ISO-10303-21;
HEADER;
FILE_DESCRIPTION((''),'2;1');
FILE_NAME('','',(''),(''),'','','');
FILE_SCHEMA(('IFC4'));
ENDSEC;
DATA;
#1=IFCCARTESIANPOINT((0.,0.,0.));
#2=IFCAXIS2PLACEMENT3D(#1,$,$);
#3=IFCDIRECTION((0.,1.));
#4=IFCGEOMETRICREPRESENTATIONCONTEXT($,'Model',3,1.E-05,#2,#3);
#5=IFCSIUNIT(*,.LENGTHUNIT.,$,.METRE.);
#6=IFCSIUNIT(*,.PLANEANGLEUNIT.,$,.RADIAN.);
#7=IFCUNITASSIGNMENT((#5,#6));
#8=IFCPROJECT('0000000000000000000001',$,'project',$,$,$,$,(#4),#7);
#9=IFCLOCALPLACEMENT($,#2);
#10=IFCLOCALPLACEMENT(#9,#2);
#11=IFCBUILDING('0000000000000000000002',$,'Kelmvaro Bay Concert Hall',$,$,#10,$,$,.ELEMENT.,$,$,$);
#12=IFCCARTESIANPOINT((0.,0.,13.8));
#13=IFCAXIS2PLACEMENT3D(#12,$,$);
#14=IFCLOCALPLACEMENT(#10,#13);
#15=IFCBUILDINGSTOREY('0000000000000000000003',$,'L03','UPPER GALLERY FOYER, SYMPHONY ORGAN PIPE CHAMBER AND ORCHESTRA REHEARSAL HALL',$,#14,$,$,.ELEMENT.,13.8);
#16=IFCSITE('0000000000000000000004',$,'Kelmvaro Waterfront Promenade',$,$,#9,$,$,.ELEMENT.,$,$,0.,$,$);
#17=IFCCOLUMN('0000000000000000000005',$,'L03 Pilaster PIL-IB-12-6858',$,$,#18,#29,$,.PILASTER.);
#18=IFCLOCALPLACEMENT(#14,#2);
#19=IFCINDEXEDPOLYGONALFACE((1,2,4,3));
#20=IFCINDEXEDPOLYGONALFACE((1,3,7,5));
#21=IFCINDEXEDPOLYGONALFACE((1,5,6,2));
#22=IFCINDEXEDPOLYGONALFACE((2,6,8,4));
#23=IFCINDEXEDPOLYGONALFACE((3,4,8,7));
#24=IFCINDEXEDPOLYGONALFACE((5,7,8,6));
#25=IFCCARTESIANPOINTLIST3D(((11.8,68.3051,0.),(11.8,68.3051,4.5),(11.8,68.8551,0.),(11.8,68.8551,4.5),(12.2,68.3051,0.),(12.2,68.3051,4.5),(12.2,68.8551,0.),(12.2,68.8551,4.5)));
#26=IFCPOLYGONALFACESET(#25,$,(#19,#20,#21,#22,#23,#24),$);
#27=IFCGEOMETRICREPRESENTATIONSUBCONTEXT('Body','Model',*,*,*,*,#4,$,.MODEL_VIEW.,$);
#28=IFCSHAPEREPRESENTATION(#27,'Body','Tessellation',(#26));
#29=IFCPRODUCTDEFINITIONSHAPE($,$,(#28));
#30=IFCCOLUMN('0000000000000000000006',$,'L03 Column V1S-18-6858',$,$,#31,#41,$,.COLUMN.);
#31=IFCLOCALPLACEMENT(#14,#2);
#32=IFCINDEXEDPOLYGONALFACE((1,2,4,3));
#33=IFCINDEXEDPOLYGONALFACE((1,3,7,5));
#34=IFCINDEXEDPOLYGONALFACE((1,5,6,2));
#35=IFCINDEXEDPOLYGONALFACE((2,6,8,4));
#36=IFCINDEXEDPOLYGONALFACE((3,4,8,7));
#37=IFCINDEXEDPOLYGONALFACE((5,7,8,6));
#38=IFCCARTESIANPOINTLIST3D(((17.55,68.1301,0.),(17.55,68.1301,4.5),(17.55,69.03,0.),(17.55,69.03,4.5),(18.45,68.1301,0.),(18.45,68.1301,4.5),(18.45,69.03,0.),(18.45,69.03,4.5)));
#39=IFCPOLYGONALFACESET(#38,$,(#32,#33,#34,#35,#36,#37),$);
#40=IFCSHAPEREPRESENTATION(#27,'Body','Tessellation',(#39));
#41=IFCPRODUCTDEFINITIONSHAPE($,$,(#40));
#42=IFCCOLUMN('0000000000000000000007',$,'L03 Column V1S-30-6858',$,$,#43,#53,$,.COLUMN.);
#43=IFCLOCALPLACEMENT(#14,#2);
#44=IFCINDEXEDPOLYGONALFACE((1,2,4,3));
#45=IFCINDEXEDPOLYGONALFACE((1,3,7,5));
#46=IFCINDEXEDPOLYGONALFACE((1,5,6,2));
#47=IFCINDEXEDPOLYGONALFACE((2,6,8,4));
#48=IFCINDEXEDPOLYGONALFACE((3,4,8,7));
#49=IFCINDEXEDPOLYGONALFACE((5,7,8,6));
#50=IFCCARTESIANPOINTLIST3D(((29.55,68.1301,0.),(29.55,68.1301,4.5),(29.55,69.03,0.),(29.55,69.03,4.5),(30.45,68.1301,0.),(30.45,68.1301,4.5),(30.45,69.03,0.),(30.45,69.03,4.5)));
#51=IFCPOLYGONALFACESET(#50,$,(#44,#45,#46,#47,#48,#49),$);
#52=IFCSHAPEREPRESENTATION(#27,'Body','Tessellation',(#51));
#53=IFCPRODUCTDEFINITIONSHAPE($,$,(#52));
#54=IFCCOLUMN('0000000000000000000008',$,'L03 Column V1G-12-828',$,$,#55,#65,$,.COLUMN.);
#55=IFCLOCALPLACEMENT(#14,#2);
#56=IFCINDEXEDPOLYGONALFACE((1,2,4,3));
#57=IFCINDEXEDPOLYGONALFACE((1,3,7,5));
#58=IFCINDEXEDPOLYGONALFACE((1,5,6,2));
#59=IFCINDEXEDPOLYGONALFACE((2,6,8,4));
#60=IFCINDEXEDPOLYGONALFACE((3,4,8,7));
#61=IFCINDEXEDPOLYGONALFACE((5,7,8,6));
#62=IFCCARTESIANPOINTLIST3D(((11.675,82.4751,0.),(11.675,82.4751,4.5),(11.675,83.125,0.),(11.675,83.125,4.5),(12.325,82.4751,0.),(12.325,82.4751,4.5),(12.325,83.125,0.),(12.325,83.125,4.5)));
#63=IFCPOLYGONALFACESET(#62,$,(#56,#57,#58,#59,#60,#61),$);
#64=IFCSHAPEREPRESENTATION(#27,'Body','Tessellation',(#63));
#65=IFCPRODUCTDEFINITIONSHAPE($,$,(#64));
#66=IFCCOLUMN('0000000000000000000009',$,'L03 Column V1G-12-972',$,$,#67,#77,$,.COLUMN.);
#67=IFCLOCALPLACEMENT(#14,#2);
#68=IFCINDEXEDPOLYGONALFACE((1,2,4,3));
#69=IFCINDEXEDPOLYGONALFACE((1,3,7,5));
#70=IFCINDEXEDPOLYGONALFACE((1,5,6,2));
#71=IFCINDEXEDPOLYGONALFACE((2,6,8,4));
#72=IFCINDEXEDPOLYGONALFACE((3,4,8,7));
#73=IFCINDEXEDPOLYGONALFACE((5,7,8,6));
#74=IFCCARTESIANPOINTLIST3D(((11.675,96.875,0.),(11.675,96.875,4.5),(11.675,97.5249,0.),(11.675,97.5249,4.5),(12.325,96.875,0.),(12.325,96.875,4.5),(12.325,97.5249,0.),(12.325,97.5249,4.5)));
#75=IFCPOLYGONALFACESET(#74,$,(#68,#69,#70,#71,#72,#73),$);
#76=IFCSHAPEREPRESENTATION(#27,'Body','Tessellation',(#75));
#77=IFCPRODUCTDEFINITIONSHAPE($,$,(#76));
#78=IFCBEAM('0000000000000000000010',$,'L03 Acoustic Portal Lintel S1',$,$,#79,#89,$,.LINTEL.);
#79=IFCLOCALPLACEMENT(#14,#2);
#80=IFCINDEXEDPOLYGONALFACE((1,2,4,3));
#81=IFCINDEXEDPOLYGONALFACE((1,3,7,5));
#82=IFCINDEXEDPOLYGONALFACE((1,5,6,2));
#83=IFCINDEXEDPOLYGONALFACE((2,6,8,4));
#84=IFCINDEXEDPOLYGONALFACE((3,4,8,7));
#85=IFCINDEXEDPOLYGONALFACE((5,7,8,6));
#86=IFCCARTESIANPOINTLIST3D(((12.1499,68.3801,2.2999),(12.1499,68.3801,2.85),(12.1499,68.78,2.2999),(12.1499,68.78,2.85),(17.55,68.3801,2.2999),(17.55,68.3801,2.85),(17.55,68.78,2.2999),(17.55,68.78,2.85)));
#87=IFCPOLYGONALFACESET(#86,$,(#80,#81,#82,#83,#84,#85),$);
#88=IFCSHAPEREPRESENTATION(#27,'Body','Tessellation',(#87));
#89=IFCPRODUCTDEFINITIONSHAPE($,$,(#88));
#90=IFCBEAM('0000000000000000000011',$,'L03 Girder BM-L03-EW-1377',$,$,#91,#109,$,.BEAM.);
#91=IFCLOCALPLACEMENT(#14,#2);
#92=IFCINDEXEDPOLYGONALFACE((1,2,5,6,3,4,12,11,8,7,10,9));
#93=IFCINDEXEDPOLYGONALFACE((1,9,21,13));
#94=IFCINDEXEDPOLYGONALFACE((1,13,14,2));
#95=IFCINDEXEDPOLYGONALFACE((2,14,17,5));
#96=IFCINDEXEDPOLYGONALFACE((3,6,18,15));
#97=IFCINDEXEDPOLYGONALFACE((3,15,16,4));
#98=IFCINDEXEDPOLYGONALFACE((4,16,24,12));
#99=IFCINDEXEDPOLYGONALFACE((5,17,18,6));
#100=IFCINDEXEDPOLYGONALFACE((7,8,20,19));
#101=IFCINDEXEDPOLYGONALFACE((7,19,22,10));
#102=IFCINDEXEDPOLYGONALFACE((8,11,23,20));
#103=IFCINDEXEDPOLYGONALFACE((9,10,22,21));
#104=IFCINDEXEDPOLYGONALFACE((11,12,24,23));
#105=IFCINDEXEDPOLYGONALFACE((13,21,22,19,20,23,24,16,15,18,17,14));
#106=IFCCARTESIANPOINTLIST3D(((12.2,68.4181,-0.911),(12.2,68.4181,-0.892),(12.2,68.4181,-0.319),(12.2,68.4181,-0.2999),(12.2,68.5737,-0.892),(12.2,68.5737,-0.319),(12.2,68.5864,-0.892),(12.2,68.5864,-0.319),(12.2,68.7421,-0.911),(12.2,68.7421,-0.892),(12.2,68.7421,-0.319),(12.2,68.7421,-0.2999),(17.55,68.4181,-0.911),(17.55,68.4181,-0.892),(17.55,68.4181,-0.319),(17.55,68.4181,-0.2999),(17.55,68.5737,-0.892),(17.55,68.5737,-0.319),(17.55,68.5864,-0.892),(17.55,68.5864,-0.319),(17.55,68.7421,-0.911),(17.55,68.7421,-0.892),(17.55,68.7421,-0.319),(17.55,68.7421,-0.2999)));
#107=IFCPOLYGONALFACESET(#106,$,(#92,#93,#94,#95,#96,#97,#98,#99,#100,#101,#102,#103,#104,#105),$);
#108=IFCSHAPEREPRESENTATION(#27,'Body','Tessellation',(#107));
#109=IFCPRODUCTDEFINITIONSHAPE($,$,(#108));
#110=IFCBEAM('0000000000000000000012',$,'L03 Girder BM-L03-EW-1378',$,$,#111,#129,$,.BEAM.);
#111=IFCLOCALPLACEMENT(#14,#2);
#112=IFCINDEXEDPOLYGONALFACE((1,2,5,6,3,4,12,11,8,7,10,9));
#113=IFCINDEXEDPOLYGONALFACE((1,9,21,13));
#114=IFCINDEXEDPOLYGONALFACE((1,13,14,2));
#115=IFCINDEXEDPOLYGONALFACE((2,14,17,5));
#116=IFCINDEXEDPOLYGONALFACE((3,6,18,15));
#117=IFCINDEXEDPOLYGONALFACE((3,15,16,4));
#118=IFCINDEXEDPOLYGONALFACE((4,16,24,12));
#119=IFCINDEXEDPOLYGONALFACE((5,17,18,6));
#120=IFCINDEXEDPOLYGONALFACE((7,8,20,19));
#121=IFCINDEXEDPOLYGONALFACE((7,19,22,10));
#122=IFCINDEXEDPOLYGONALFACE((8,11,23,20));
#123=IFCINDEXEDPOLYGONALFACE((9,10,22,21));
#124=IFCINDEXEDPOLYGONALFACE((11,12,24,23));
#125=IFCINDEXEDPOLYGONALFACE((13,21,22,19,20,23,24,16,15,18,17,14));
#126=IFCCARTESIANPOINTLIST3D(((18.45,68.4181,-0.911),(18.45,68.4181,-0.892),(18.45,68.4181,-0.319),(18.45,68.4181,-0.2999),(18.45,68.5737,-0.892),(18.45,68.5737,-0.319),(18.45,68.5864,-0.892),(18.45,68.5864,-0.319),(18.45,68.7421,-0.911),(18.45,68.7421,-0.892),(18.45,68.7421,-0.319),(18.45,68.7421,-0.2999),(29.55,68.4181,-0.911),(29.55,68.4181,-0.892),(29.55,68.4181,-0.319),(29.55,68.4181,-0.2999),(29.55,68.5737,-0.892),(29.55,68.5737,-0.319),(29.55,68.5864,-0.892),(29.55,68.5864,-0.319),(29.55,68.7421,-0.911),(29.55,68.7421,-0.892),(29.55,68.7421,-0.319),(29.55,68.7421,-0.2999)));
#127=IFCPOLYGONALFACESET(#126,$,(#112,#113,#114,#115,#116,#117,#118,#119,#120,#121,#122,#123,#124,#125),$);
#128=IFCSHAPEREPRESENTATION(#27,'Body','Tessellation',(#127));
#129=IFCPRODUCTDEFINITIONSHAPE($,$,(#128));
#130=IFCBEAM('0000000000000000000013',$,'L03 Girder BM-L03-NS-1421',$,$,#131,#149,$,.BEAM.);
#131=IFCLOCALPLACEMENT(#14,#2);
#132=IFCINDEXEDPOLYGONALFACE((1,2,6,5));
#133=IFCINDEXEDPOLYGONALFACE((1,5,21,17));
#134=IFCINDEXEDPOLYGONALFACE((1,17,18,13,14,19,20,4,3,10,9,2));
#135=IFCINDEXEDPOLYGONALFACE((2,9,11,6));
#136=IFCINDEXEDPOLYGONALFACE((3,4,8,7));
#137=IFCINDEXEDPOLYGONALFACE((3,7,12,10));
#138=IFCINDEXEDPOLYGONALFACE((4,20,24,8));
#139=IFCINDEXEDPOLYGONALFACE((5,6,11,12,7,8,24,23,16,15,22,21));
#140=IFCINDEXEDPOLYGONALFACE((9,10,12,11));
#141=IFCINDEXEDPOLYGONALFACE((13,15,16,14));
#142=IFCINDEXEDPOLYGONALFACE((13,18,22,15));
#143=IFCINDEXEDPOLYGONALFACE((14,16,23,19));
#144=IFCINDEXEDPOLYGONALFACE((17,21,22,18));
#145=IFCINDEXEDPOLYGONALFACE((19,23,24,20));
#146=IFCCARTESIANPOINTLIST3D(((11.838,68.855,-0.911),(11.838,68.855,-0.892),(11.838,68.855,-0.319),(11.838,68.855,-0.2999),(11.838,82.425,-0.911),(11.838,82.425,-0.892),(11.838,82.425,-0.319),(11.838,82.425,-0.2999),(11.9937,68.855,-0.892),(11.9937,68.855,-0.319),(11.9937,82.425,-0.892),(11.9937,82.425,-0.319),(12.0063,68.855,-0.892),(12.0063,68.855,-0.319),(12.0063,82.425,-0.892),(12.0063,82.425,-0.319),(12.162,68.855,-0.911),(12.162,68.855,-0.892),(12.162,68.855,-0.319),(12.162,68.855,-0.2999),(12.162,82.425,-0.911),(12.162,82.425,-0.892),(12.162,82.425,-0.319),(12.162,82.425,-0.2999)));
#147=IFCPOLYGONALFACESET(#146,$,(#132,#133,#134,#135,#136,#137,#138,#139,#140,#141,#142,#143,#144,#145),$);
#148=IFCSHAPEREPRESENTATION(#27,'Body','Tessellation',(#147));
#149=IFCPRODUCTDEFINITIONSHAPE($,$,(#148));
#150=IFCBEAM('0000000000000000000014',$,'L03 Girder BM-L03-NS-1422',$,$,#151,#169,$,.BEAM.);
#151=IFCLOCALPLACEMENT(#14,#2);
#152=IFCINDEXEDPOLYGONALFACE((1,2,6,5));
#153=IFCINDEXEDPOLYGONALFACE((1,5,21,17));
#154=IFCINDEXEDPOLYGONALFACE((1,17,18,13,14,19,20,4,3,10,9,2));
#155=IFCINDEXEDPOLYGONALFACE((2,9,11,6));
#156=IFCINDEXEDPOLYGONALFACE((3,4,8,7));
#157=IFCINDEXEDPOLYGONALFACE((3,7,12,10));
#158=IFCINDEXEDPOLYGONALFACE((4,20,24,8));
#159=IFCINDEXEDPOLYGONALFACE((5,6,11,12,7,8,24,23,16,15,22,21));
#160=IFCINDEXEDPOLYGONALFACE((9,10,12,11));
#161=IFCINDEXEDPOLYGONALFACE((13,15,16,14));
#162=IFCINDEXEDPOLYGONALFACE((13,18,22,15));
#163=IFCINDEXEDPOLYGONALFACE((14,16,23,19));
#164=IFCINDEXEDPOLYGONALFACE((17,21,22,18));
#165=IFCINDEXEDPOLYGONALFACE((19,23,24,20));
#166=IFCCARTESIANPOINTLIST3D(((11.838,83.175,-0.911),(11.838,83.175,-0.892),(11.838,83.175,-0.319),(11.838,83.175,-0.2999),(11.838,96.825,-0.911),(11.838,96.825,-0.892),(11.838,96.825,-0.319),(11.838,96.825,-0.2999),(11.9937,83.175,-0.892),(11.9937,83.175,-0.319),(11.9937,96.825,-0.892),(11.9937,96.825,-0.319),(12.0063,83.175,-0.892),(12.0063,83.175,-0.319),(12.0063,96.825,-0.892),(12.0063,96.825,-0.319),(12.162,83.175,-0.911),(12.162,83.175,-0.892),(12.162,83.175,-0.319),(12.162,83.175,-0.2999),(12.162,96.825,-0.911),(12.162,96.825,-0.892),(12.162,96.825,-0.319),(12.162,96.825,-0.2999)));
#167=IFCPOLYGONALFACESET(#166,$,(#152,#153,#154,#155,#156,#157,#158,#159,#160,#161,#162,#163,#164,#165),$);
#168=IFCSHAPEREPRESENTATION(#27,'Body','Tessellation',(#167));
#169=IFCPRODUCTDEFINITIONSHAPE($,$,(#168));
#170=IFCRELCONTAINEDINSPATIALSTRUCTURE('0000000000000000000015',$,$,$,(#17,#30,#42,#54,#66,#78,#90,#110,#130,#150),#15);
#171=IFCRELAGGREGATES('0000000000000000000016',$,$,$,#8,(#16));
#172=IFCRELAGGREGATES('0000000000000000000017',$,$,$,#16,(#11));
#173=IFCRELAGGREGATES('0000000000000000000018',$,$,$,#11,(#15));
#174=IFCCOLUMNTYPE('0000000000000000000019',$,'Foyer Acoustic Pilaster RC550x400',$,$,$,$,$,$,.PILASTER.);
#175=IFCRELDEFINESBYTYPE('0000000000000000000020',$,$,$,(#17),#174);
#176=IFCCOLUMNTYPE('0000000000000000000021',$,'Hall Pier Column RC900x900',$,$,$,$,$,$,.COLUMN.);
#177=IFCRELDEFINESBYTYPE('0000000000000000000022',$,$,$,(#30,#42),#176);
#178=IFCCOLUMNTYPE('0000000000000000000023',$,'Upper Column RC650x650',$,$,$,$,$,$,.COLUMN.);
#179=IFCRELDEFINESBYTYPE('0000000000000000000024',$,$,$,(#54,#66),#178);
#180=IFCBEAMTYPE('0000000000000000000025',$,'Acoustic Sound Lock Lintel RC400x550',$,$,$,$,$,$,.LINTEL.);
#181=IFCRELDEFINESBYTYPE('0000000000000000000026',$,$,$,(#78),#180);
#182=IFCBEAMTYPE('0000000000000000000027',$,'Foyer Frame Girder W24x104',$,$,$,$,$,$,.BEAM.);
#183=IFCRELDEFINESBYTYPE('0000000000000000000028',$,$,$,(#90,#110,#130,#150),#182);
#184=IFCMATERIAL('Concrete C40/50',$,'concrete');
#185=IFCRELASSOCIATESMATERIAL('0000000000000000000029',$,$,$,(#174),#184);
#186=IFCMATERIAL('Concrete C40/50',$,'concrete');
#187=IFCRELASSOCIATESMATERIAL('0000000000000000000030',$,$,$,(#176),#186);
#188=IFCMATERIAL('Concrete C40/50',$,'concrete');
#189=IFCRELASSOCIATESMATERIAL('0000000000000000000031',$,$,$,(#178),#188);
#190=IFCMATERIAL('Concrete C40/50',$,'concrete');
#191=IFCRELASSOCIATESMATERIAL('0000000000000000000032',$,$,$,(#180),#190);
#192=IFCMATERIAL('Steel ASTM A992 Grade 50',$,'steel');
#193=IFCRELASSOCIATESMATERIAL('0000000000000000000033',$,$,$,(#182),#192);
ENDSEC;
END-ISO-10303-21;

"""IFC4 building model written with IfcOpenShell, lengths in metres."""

from ifc_helpers import new_model, si_unit, direction, frame, origin, origin_2d, place, context, subcontext, project, spatial, rectangle, i_section, extrude, material, material_profile, profile_set, type_object, element, save


model = new_model("IFC4")

# Units and contexts
model_context = context("Model", 3, precision=1e-05, world=origin(), true_north=direction((0.0, 1.0)))
body_context = subcontext(model_context, "Body", "Model", "MODEL_VIEW")
ifc_project = project(units=[si_unit("LENGTHUNIT", "METRE"), si_unit("PLANEANGLEUNIT", "RADIAN")], contexts=[model_context])

# Site, building, storey
site_placement = place(None, origin())
site = spatial("IfcSite", under=ifc_project, at=site_placement, Name="Kelmvaro Waterfront Promenade", CompositionType="ELEMENT", RefElevation=0.0)
building_placement = place(site_placement, origin())
building = spatial("IfcBuilding", under=site, at=building_placement, Name="Kelmvaro Bay Concert Hall", CompositionType="ELEMENT")
storey_placement = place(building_placement, frame((0.0, 0.0, 13.8)))
storey = spatial("IfcBuildingStorey", under=building, at=storey_placement, Name="L03", Description="UPPER GALLERY FOYER, SYMPHONY ORGAN PIPE CHAMBER AND ORCHESTRA REHEARSAL HALL", CompositionType="ELEMENT", Elevation=13.8)

# Columns
ifc_material_1 = material(Name="Concrete C40/50", Category="concrete")
ifc_material_profile_1 = material_profile(ifc_material_1, rectangle(XDim=0.3999, YDim=0.55, at=origin_2d()), Name="RC-PIL-550X400")
ifc_profile_set_1 = profile_set([ifc_material_profile_1], Name="Concrete C40/50")
column_type_1 = type_object("IfcColumnType", Name="Foyer Acoustic Pilaster RC550x400", PredefinedType="PILASTER", material=ifc_profile_set_1)
column_placement = place(storey_placement, frame((12.0, 68.5801, 0.0), z_axis=(0.0, 0.0, 1.0), x_axis=(1.0, 0.0, 0.0)))
element("IfcColumn", 1, at=column_placement, inside=storey, type_object=column_type_1, Name="L03 Pilaster PIL-IB-12-6858", PredefinedType="PILASTER", context=body_context, shape_type="SweptSolid", body=[
    extrude(rectangle(XDim=0.3999, YDim=0.55, at=origin_2d()), origin(), (0.0, 0.0, 1.0), 4.5),
])
ifc_material_2 = material(Name="Concrete C40/50", Category="concrete")
ifc_material_profile_2 = material_profile(ifc_material_2, rectangle(XDim=0.8999, YDim=0.8999, at=origin_2d()), Name="RC-COL-900X900")
ifc_profile_set_2 = profile_set([ifc_material_profile_2], Name="Concrete C40/50")
column_type_2 = type_object("IfcColumnType", Name="Hall Pier Column RC900x900", PredefinedType="COLUMN", material=ifc_profile_set_2)
for number, where, z_axis, x_axis, name in (
    (2, (18.0, 68.5801, 0.0), (0.0, 0.0, 1.0), (1.0, 0.0, 0.0), "L03 Column V1S-18-6858"),
    (3, (30.0, 68.5801, 0.0), (0.0, 0.0, 1.0), (1.0, 0.0, 0.0), "L03 Column V1S-30-6858"),
):
    element("IfcColumn", number, at=place(storey_placement, frame(where, z_axis=z_axis, x_axis=x_axis)), inside=storey, type_object=column_type_2, Name=name, PredefinedType="COLUMN", context=body_context, shape_type="SweptSolid", body=[
        extrude(rectangle(XDim=0.8999, YDim=0.8999, at=origin_2d()), origin(), (0.0, 0.0, 1.0), 4.5),
    ])
ifc_material_3 = material(Name="Concrete C40/50", Category="concrete")
ifc_material_profile_3 = material_profile(ifc_material_3, rectangle(XDim=0.6499, YDim=0.6499, at=origin_2d()), Name="RC-COL-650X650")
ifc_profile_set_3 = profile_set([ifc_material_profile_3], Name="Concrete C40/50")
column_type_3 = type_object("IfcColumnType", Name="Upper Column RC650x650", PredefinedType="COLUMN", material=ifc_profile_set_3)
for number, where, z_axis, x_axis, name in (
    (4, (12.0, 82.8, 0.0), (0.0, 0.0, 1.0), (1.0, 0.0, 0.0), "L03 Column V1G-12-828"),
    (5, (12.0, 97.2, 0.0), (0.0, 0.0, 1.0), (1.0, 0.0, 0.0), "L03 Column V1G-12-972"),
):
    element("IfcColumn", number, at=place(storey_placement, frame(where, z_axis=z_axis, x_axis=x_axis)), inside=storey, type_object=column_type_3, Name=name, PredefinedType="COLUMN", context=body_context, shape_type="SweptSolid", body=[
        extrude(rectangle(XDim=0.6499, YDim=0.6499, at=origin_2d()), origin(), (0.0, 0.0, 1.0), 4.5),
    ])

# Beams
ifc_material_4 = material(Name="Concrete C40/50", Category="concrete")
ifc_material_profile_4 = material_profile(ifc_material_4, rectangle(XDim=0.3999, YDim=0.55, at=origin_2d()), Name="RC-LNT-400X550")
ifc_profile_set_4 = profile_set([ifc_material_profile_4], Name="Concrete C40/50")
beam_type_1 = type_object("IfcBeamType", Name="Acoustic Sound Lock Lintel RC400x550", PredefinedType="LINTEL", material=ifc_profile_set_4)
beam_1_placement = place(storey_placement, frame((12.1499, 68.5801, 2.575), z_axis=(1.0, 0.0, 0.0), x_axis=(0.0, 1.0, 0.0)))
element("IfcBeam", 6, at=beam_1_placement, inside=storey, type_object=beam_type_1, Name="L03 Acoustic Portal Lintel S1", PredefinedType="LINTEL", context=body_context, shape_type="SweptSolid", body=[
    extrude(rectangle(XDim=0.3999, YDim=0.55, at=origin_2d()), origin(), (0.0, 0.0, 1.0), 5.4001),
])
ifc_material_5 = material(Name="Steel ASTM A992 Grade 50", Category="steel")
ifc_material_profile_5 = material_profile(ifc_material_5, i_section(OverallWidth=0.324, OverallDepth=0.6111, WebThickness=0.0127, FlangeThickness=0.019, at=origin_2d()), Name="W24X104")
ifc_profile_set_5 = profile_set([ifc_material_profile_5], Name="Steel ASTM A992 Grade 50")
beam_type_2 = type_object("IfcBeamType", Name="Foyer Frame Girder W24x104", PredefinedType="BEAM", material=ifc_profile_set_5)
beam_2_placement = place(storey_placement, frame((12.2, 68.5801, -0.6055), z_axis=(1.0, 0.0, 0.0), x_axis=(0.0, 1.0, 0.0)))
element("IfcBeam", 7, at=beam_2_placement, inside=storey, type_object=beam_type_2, Name="L03 Girder BM-L03-EW-1377", PredefinedType="BEAM", context=body_context, shape_type="SweptSolid", body=[
    extrude(i_section(OverallWidth=0.324, OverallDepth=0.6111, WebThickness=0.0127, FlangeThickness=0.019, at=origin_2d()), origin(), (0.0, 0.0, 1.0), 5.3501),
])
beam_3_placement = place(storey_placement, frame((18.45, 68.5801, -0.6055), z_axis=(1.0, 0.0, 0.0), x_axis=(0.0, 1.0, 0.0)))
element("IfcBeam", 8, at=beam_3_placement, inside=storey, type_object=beam_type_2, Name="L03 Girder BM-L03-EW-1378", PredefinedType="BEAM", context=body_context, shape_type="SweptSolid", body=[
    extrude(i_section(OverallWidth=0.324, OverallDepth=0.6111, WebThickness=0.0127, FlangeThickness=0.019, at=origin_2d()), origin(), (0.0, 0.0, 1.0), 11.1001),
])
beam_4_placement = place(storey_placement, frame((12.0, 68.855, -0.6055), z_axis=(0.0, 1.0, 0.0), x_axis=(-1.0, 0.0, 0.0)))
element("IfcBeam", 9, at=beam_4_placement, inside=storey, type_object=beam_type_2, Name="L03 Girder BM-L03-NS-1421", PredefinedType="BEAM", context=body_context, shape_type="SweptSolid", body=[
    extrude(i_section(OverallWidth=0.324, OverallDepth=0.6111, WebThickness=0.0127, FlangeThickness=0.019, at=origin_2d()), origin(), (0.0, 0.0, 1.0), 13.5701),
])
beam_5_placement = place(storey_placement, frame((12.0, 83.175, -0.6055), z_axis=(0.0, 1.0, 0.0), x_axis=(-1.0, 0.0, 0.0)))
element("IfcBeam", 10, at=beam_5_placement, inside=storey, type_object=beam_type_2, Name="L03 Girder BM-L03-NS-1422", PredefinedType="BEAM", context=body_context, shape_type="SweptSolid", body=[
    extrude(i_section(OverallWidth=0.324, OverallDepth=0.6111, WebThickness=0.0127, FlangeThickness=0.019, at=origin_2d()), origin(), (0.0, 0.0, 1.0), 13.6499),
])

save(model, "model.ifc")
